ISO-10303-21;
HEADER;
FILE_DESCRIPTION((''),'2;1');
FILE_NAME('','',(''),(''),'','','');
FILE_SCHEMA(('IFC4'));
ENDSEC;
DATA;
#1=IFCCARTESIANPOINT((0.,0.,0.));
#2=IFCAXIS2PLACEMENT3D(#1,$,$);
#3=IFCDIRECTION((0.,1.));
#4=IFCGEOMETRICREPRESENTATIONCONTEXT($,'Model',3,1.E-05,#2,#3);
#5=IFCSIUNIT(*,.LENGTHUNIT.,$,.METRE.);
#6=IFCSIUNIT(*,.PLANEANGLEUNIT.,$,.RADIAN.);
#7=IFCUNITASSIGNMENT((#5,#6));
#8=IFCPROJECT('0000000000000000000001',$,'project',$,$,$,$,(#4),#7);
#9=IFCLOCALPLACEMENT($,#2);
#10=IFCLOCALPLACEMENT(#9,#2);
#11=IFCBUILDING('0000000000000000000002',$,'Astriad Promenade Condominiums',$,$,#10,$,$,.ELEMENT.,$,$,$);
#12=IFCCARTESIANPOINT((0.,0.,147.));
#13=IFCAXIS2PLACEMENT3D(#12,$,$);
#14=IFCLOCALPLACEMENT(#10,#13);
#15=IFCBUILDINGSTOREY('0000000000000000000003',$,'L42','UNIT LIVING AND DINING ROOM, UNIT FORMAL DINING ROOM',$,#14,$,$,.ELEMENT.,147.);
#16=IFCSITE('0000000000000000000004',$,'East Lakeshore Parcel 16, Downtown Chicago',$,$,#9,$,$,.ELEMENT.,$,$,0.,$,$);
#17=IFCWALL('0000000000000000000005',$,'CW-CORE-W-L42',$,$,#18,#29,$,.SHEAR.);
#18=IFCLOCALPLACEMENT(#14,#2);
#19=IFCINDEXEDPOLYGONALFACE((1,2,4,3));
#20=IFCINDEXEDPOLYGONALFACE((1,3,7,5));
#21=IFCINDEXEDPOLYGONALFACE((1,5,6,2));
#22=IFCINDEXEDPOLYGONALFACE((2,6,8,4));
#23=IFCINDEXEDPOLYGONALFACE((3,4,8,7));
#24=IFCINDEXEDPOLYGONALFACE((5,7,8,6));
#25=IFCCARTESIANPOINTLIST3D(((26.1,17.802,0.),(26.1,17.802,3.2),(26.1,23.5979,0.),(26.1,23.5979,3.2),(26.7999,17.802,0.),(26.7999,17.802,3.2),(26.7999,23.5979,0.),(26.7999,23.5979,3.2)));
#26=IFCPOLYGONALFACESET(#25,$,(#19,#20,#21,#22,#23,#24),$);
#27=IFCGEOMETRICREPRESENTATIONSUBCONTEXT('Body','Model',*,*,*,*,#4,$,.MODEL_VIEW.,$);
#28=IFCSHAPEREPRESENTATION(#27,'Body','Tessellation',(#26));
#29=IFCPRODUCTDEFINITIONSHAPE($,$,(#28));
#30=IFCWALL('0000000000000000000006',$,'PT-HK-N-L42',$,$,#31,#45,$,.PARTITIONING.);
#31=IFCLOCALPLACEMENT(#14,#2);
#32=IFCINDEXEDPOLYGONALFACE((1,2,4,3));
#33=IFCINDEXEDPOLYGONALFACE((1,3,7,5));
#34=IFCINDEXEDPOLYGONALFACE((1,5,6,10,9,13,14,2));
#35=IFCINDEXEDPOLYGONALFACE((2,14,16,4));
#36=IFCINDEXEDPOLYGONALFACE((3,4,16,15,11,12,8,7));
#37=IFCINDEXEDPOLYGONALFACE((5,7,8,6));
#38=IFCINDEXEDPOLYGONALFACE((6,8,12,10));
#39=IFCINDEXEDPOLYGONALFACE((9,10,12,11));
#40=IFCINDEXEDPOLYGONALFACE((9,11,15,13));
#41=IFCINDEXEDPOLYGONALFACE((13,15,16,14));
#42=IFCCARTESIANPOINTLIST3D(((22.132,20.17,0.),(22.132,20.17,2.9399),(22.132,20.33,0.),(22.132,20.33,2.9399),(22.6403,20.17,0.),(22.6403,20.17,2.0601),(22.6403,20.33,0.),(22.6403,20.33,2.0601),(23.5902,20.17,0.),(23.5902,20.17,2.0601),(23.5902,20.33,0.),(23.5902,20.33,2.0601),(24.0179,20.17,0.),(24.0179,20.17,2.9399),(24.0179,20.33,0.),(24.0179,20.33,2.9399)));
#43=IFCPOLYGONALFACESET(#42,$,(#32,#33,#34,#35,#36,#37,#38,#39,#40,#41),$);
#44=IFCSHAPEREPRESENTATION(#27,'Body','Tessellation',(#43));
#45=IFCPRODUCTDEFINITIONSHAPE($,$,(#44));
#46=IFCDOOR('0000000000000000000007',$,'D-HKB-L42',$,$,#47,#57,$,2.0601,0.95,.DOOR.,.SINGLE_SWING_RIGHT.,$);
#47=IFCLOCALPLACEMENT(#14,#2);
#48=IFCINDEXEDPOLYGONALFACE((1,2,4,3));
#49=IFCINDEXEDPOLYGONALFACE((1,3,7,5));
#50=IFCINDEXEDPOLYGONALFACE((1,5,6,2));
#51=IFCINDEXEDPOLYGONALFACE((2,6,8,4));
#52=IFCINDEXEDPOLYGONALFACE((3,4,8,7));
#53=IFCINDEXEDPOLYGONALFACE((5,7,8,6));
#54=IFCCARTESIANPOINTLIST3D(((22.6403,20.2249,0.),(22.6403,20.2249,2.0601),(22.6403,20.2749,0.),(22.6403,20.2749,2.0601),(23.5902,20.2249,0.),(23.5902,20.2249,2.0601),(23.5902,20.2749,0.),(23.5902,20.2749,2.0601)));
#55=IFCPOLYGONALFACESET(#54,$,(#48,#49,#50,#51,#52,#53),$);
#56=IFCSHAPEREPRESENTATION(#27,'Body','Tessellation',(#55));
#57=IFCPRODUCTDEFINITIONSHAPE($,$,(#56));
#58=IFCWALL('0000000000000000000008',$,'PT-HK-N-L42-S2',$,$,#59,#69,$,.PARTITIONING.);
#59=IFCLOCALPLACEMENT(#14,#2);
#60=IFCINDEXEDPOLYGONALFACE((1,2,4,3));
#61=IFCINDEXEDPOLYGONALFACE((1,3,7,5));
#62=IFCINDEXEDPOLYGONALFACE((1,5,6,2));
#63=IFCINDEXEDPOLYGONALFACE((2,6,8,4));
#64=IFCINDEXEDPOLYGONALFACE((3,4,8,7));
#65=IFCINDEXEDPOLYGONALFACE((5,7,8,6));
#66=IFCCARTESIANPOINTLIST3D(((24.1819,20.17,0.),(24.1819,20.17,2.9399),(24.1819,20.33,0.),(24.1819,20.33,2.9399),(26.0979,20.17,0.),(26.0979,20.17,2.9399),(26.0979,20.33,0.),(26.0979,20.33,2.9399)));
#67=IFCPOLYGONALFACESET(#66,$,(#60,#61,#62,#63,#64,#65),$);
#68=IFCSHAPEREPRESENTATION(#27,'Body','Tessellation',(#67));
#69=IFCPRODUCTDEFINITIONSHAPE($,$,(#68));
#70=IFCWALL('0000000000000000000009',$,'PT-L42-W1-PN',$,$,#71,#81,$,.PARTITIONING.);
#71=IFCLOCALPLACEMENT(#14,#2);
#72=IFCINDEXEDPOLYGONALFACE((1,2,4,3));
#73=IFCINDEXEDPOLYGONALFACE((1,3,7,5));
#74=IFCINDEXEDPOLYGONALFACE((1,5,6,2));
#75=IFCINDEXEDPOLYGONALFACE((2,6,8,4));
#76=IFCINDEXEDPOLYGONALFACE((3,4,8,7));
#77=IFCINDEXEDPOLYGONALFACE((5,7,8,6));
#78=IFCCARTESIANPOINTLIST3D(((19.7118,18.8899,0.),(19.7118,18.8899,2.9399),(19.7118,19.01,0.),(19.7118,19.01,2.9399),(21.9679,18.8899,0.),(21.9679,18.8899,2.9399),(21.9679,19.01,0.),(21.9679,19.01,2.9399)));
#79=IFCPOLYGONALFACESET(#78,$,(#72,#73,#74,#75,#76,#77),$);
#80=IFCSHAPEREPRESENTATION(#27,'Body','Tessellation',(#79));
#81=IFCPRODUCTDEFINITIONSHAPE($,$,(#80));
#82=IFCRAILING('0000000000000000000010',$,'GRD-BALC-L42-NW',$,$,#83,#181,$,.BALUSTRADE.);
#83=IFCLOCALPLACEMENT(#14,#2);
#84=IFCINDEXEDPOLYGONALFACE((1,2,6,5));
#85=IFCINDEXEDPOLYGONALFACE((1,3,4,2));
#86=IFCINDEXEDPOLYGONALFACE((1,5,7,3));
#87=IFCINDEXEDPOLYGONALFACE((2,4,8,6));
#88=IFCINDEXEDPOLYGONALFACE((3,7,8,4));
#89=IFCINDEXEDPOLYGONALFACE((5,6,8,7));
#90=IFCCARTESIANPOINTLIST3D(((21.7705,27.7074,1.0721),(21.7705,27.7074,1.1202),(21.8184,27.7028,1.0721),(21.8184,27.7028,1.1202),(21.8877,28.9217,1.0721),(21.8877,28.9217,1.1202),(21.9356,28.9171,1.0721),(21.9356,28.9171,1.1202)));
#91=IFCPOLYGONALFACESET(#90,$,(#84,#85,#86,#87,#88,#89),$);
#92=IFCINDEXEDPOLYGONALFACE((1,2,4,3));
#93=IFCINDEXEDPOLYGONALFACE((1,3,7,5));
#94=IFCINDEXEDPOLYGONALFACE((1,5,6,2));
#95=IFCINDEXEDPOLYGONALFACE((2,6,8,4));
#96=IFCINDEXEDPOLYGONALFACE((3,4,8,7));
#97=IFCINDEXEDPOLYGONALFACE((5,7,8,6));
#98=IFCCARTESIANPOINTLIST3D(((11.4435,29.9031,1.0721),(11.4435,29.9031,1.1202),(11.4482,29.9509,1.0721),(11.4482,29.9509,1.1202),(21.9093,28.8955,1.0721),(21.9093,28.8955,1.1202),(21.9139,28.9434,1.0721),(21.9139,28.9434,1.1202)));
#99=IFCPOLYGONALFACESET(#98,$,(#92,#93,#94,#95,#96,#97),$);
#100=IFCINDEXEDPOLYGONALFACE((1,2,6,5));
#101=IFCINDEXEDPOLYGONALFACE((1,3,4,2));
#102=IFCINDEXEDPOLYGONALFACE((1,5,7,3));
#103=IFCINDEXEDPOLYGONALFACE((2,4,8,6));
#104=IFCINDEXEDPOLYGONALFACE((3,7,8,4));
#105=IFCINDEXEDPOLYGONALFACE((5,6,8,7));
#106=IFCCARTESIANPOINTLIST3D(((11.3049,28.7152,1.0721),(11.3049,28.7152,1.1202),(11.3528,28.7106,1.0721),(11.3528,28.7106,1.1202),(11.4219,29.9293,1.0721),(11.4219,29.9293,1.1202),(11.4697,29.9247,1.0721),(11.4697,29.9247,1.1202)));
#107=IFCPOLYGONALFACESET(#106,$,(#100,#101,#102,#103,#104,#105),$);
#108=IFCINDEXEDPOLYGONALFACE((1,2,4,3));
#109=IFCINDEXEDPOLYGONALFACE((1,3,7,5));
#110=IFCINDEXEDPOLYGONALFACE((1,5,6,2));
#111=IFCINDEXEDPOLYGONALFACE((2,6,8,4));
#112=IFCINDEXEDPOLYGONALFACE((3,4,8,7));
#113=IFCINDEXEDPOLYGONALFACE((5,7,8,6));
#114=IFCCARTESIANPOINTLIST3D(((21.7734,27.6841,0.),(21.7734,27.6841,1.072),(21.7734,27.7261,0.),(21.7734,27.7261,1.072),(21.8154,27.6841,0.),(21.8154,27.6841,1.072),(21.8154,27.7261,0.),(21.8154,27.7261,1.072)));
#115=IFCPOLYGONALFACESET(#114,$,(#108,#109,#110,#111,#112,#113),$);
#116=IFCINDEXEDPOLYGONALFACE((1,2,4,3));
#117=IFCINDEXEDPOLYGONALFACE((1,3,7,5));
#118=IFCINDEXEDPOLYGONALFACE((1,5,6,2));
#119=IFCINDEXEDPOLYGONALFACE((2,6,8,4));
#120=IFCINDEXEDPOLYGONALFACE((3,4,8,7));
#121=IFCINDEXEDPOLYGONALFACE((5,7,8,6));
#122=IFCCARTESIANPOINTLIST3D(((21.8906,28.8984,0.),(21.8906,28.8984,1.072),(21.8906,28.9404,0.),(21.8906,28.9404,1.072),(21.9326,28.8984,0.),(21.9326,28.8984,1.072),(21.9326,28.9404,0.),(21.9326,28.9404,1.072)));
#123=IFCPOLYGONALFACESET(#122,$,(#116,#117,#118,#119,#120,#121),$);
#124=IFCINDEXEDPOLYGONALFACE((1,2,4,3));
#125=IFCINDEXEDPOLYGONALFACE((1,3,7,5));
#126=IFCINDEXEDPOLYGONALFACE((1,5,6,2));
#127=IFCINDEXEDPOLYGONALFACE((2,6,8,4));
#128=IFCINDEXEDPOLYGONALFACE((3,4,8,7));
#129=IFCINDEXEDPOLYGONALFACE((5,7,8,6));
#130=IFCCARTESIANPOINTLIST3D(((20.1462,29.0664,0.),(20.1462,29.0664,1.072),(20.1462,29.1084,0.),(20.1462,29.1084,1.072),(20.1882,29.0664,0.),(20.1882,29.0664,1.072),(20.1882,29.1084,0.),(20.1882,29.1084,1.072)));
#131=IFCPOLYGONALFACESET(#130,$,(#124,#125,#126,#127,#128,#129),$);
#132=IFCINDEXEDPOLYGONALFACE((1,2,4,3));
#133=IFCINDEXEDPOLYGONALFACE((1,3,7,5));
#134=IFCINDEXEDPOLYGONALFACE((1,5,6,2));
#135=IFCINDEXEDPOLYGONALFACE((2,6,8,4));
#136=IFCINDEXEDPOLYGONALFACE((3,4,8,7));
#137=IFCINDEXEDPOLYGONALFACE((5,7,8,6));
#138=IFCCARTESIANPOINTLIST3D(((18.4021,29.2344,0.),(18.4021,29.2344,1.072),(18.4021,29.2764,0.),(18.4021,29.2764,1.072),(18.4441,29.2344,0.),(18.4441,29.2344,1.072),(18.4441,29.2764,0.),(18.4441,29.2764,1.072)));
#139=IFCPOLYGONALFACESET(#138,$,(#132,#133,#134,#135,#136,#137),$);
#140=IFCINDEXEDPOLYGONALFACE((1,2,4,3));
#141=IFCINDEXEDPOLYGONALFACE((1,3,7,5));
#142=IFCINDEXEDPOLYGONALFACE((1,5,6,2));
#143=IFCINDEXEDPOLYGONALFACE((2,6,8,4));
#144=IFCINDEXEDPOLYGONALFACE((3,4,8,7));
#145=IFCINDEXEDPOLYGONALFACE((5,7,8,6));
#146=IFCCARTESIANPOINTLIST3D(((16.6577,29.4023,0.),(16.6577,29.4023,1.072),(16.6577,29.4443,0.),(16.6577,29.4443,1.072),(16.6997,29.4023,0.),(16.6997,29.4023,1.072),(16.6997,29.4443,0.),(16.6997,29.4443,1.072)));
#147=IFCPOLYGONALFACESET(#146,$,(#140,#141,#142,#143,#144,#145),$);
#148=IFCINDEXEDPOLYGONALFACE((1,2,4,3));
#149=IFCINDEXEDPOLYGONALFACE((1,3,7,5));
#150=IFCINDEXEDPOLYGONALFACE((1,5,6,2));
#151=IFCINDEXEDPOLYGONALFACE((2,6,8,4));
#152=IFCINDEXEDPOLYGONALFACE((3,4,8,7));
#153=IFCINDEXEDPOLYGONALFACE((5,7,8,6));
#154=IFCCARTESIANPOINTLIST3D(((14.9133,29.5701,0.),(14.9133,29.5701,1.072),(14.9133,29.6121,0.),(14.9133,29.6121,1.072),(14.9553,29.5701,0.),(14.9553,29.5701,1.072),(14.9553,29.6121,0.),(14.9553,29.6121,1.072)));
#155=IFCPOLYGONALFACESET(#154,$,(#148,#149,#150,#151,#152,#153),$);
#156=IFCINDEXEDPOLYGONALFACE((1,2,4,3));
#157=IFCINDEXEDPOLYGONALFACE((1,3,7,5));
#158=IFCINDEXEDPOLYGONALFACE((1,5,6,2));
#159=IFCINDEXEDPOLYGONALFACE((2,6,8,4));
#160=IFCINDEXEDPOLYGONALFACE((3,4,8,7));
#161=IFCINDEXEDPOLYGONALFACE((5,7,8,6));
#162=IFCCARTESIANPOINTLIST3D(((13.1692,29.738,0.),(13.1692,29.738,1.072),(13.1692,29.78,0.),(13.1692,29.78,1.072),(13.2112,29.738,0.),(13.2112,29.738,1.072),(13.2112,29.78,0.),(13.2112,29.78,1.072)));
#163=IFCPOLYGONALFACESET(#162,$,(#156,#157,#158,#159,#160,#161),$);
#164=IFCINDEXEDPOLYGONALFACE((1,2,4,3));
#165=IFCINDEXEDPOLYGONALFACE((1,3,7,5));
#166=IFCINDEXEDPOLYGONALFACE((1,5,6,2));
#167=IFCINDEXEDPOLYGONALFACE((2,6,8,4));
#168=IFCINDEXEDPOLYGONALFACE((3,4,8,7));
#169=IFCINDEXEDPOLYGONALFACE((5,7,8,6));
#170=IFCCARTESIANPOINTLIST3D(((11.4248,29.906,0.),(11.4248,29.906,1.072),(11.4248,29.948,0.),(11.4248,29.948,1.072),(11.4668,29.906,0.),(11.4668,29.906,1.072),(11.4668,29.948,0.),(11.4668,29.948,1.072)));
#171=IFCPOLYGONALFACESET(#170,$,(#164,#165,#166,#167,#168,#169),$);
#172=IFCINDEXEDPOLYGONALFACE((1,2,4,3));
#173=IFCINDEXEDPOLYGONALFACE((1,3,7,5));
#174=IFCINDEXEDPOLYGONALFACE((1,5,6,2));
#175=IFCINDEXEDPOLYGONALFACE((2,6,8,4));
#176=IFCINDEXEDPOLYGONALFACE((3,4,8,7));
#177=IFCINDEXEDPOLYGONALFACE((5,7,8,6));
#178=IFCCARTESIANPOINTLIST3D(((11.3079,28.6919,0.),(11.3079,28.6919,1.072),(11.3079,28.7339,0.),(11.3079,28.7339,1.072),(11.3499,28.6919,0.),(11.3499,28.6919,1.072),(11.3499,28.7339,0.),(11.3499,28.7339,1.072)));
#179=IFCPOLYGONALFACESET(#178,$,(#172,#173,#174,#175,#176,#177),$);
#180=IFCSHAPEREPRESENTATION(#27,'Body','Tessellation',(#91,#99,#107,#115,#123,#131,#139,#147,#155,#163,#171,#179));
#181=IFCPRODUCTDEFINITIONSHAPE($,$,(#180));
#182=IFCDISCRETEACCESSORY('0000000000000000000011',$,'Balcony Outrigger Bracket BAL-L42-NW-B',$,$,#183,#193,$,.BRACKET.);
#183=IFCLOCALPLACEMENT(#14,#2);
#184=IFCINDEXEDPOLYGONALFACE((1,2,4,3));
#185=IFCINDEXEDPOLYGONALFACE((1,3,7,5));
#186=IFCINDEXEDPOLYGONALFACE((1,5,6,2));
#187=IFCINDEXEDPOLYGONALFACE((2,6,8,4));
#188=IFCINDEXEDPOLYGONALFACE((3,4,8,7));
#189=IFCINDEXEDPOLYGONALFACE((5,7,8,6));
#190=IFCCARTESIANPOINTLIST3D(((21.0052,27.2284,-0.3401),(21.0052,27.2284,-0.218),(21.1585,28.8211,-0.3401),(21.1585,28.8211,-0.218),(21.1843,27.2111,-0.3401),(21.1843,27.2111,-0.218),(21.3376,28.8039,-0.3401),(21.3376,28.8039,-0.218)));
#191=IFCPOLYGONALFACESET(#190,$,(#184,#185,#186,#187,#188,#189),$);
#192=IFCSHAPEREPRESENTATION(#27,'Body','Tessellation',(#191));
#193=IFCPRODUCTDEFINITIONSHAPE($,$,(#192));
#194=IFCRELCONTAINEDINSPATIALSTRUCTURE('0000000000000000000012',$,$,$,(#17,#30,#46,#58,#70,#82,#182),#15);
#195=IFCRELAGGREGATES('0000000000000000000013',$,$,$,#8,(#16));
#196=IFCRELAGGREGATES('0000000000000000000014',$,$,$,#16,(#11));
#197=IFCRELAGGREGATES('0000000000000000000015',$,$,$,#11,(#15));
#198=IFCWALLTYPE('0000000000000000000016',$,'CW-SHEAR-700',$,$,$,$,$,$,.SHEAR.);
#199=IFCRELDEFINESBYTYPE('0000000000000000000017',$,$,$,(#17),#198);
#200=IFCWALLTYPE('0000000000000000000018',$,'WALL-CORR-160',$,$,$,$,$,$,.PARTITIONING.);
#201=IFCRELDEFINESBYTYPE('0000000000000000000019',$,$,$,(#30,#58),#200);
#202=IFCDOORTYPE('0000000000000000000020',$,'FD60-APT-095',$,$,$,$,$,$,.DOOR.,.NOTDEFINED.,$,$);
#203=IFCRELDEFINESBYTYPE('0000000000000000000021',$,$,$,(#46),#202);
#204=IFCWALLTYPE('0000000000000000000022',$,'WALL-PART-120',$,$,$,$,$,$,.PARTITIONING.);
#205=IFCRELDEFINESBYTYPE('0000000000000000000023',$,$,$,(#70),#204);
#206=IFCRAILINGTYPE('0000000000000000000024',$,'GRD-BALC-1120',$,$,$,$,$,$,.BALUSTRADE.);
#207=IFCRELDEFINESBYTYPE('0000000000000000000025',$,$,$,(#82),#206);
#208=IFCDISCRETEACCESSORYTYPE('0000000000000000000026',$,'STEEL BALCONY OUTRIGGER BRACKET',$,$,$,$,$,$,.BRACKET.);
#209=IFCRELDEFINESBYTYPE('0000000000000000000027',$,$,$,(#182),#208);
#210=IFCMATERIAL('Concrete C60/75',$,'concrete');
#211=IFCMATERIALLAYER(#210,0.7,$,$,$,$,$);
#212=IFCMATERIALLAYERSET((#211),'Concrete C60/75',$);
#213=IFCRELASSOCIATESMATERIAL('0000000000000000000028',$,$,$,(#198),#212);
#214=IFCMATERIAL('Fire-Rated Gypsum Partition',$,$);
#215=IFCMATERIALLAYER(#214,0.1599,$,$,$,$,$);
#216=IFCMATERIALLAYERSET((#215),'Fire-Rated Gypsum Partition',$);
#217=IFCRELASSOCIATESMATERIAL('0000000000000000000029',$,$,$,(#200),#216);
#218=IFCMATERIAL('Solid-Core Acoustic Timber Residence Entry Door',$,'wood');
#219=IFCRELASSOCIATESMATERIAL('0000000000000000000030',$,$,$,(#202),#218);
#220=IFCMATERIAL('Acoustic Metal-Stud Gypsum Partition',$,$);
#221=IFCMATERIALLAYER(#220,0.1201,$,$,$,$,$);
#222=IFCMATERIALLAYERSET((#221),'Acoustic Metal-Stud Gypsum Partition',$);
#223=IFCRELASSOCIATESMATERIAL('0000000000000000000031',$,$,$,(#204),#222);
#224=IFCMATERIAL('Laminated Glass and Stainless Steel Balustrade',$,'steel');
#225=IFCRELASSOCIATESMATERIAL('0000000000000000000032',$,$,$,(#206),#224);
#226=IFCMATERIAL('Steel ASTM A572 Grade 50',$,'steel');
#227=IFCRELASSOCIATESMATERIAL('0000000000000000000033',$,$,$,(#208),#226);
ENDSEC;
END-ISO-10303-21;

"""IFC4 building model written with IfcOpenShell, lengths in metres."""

from ifc_helpers import new_model, si_unit, direction, frame, frame_2d, origin, origin_2d, place, context, subcontext, project, spatial, rectangle, extrude, source, transform, mapped, material, layer, layer_set, type_object, type_shapes, element, fill, save


model = new_model("IFC4")

# Units and contexts
model_context = context("Model", 3, precision=1e-05, world=origin(), true_north=direction((0.0, 1.0)))
body_context = subcontext(model_context, "Body", "Model", "MODEL_VIEW")
ifc_project = project(units=[si_unit("LENGTHUNIT", "METRE"), si_unit("PLANEANGLEUNIT", "RADIAN")], contexts=[model_context])

# Site, building, storey
site_placement = place(None, origin())
site = spatial("IfcSite", under=ifc_project, at=site_placement, Name="East Lakeshore Parcel 16, Downtown Chicago", CompositionType="ELEMENT", RefElevation=0.0)
building_placement = place(site_placement, origin())
building = spatial("IfcBuilding", under=site, at=building_placement, Name="Astriad Promenade Condominiums", CompositionType="ELEMENT")
storey_placement = place(building_placement, frame((0.0, 0.0, 147.0)))
storey = spatial("IfcBuildingStorey", under=building, at=storey_placement, Name="L42", Description="UNIT LIVING AND DINING ROOM, UNIT FORMAL DINING ROOM", CompositionType="ELEMENT", Elevation=147.0)

# Shared definitions
ifc_material_1 = material(Name="Concrete C60/75", Category="concrete")

# Shared definitions
ifc_layer_1 = layer(ifc_material_1, 0.7)
ifc_layer_set_1 = layer_set([ifc_layer_1], Name="Concrete C60/75")
wall_type_1 = type_object("IfcWallType", Name="CW-SHEAR-700", PredefinedType="SHEAR", material=ifc_layer_set_1)

# Wall
wall_1_placement = place(storey_placement, frame((26.45, 17.802, 0.0), z_axis=(0.0, 0.0, 1.0), x_axis=(0.0, 1.0, 0.0)))
element("IfcWall", 1, at=wall_1_placement, inside=storey, type_object=wall_type_1, Name="CW-CORE-W-L42", PredefinedType="SHEAR", context=body_context, shape_type="SweptSolid", body=[
    extrude(rectangle(XDim=5.7959, YDim=0.7, at=frame_2d((2.8979, 0.0))), origin(), (0.0, 0.0, 1.0), 3.2),
])

# Wall, opening, door
ifc_material_2 = material(Name="Fire-Rated Gypsum Partition")
ifc_layer_2 = layer(ifc_material_2, 0.1599)
ifc_layer_set_2 = layer_set([ifc_layer_2], Name="Fire-Rated Gypsum Partition")
wall_type_2 = type_object("IfcWallType", Name="WALL-CORR-160", PredefinedType="PARTITIONING", material=ifc_layer_set_2)
wall_2_placement = place(storey_placement, frame((22.1321, 20.25, 0.0), z_axis=(0.0, 0.0, 1.0), x_axis=(1.0, 0.0, 0.0)))
wall_2 = element("IfcWall", 2, at=wall_2_placement, inside=storey, type_object=wall_type_2, Name="PT-HK-N-L42", PredefinedType="PARTITIONING", context=body_context, shape_type="SweptSolid", body=[
    extrude(rectangle(XDim=1.886, YDim=0.1599, at=frame_2d((0.9429, 0.0))), origin(), (0.0, 0.0, 1.0), 2.9399),
])
opening_1_placement = place(wall_2_placement, frame((0.5081, 0.0, 0.0)))
opening_1 = element("IfcOpeningElement", 3, at=opening_1_placement, cuts=wall_2, PredefinedType="OPENING", context=body_context, shape_type="SweptSolid", body=[
    extrude(rectangle(XDim=0.95, YDim=2.0601, at=frame_2d((0.4751, 1.03))), frame((0.0, 0.0898, 0.0), z_axis=(0.0, -1.0, 0.0), x_axis=(1.0, 0.0, 0.0)), (0.0, 0.0, 1.0), 0.1799),
])
ifc_material_3 = material(Name="Solid-Core Acoustic Timber Residence Entry Door", Category="wood")
door_type_1 = type_object("IfcDoorType", Name="FD60-APT-095", OperationType="NOTDEFINED", PredefinedType="DOOR", material=ifc_material_3)
shared_shape_1 = source(origin(), body_context, "Body", "SweptSolid", [
    extrude(rectangle(XDim=0.95, YDim=2.0601, at=frame_2d((0.4751, 1.03))), frame((0.0, 0.0249, 0.0), z_axis=(0.0, -1.0, 0.0), x_axis=(1.0, 0.0, 0.0)), (0.0, 0.0, 1.0), 0.05),
])
type_shapes(door_type_1, [shared_shape_1])
door_1_placement = place(opening_1_placement, origin())
door_1 = element("IfcDoor", 4, at=door_1_placement, inside=storey, type_object=door_type_1, Name="D-HKB-L42", OperationType="SINGLE_SWING_RIGHT", OverallHeight=2.0601, OverallWidth=0.95, PredefinedType="DOOR", context=body_context, shape_type="MappedRepresentation", body=[
    mapped(shared_shape_1, transform((0.0, 0.0, 0.0), scale=1.0)),
])
fill(opening_1, door_1)

# Walls
wall_3_placement = place(storey_placement, frame((24.1819, 20.25, 0.0), z_axis=(0.0, 0.0, 1.0), x_axis=(1.0, 0.0, 0.0)))
element("IfcWall", 5, at=wall_3_placement, inside=storey, type_object=wall_type_2, Name="PT-HK-N-L42-S2", PredefinedType="PARTITIONING", context=body_context, shape_type="SweptSolid", body=[
    extrude(rectangle(XDim=1.916, YDim=0.1599, at=frame_2d((0.958, 0.0))), origin(), (0.0, 0.0, 1.0), 2.9399),
])
ifc_material_4 = material(Name="Acoustic Metal-Stud Gypsum Partition")
ifc_layer_3 = layer(ifc_material_4, 0.1201)
ifc_layer_set_3 = layer_set([ifc_layer_3], Name="Acoustic Metal-Stud Gypsum Partition")
wall_type_3 = type_object("IfcWallType", Name="WALL-PART-120", PredefinedType="PARTITIONING", material=ifc_layer_set_3)
wall_4_placement = place(storey_placement, frame((19.7119, 18.95, 0.0), z_axis=(0.0, 0.0, 1.0), x_axis=(1.0, 0.0, 0.0)))
element("IfcWall", 6, at=wall_4_placement, inside=storey, type_object=wall_type_3, Name="PT-L42-W1-PN", PredefinedType="PARTITIONING", context=body_context, shape_type="SweptSolid", body=[
    extrude(rectangle(XDim=2.2561, YDim=0.1201, at=frame_2d((1.1279, 0.0))), origin(), (0.0, 0.0, 1.0), 2.9399),
])

# Railing
ifc_material_5 = material(Name="Laminated Glass and Stainless Steel Balustrade", Category="steel")
railing_type = type_object("IfcRailingType", Name="GRD-BALC-1120", PredefinedType="BALUSTRADE", material=ifc_material_5)
shared_shape_2 = source(origin(), body_context, "Body", "SweptSolid", [
    extrude(rectangle(XDim=0.0481, YDim=0.0481, at=origin_2d()), frame((0.0, 0.0, 1.0962), z_axis=(0.096056, 0.995376, 0.0), x_axis=(-0.995376, 0.096056, 0.0)), (0.0, 0.0, 1.0), 1.22),
    extrude(rectangle(XDim=0.0481, YDim=0.0481, at=origin_2d()), frame((0.1172, 1.2144, 1.0962), z_axis=(-0.995398, 0.095829, 0.0), x_axis=(-0.095829, -0.995398, 0.0)), (0.0, 0.0, 1.0), 10.5142),
    extrude(rectangle(XDim=0.0481, YDim=0.0481, at=origin_2d()), frame((-10.3486, 2.2219, 1.0962), z_axis=(-0.095876, -0.995393, 0.0), x_axis=(0.995393, -0.095876, 0.0)), (0.0, 0.0, 1.0), 1.2197),
    extrude(rectangle(XDim=0.042, YDim=0.042, at=origin_2d()), origin(), (0.0, 0.0, 1.0), 1.072),
    extrude(rectangle(XDim=0.042, YDim=0.042, at=origin_2d()), frame((0.1172, 1.2144, 0.0)), (0.0, 0.0, 1.0), 1.072),
    extrude(rectangle(XDim=0.042, YDim=0.042, at=origin_2d()), frame((-1.6272, 1.3823, 0.0)), (0.0, 0.0, 1.0), 1.072),
    extrude(rectangle(XDim=0.042, YDim=0.042, at=origin_2d()), frame((-3.3713, 1.5503, 0.0)), (0.0, 0.0, 1.0), 1.072),
    extrude(rectangle(XDim=0.042, YDim=0.042, at=origin_2d()), frame((-5.1157, 1.7183, 0.0)), (0.0, 0.0, 1.0), 1.072),
    extrude(rectangle(XDim=0.042, YDim=0.042, at=origin_2d()), frame((-6.8601, 1.886, 0.0)), (0.0, 0.0, 1.0), 1.072),
    extrude(rectangle(XDim=0.042, YDim=0.042, at=origin_2d()), frame((-8.6042, 2.054, 0.0)), (0.0, 0.0, 1.0), 1.072),
    extrude(rectangle(XDim=0.042, YDim=0.042, at=origin_2d()), frame((-10.3486, 2.2219, 0.0)), (0.0, 0.0, 1.0), 1.072),
    extrude(rectangle(XDim=0.042, YDim=0.042, at=origin_2d()), frame((-10.4656, 1.0078, 0.0)), (0.0, 0.0, 1.0), 1.072),
])
type_shapes(railing_type, [shared_shape_2])
railing_placement = place(storey_placement, frame((21.7944, 27.7051, 0.0)))
element("IfcRailing", 7, at=railing_placement, inside=storey, type_object=railing_type, Name="GRD-BALC-L42-NW", PredefinedType="BALUSTRADE", context=body_context, shape_type="MappedRepresentation", body=[
    mapped(shared_shape_2, transform((0.0, 0.0, 0.0), scale=1.0)),
])

# Discrete accessory
ifc_material_6 = material(Name="Steel ASTM A572 Grade 50", Category="steel")
discrete_accessory_type = type_object("IfcDiscreteAccessoryType", Name="STEEL BALCONY OUTRIGGER BRACKET", PredefinedType="BRACKET", material=ifc_material_6)
shared_shape_3 = source(origin(), body_context, "Body", "SweptSolid", [
    extrude(rectangle(XDim=1.6001, YDim=0.1799, at=origin_2d()), origin(), (0.0, 0.0, 1.0), 0.1221),
])
type_shapes(discrete_accessory_type, [shared_shape_3])
discrete_accessory_placement = place(storey_placement, frame((21.1714, 28.0161, -0.3401), z_axis=(0.0, 0.0, 1.0), x_axis=(0.095846, 0.995396, 0.0)))
element("IfcDiscreteAccessory", 8, at=discrete_accessory_placement, inside=storey, type_object=discrete_accessory_type, Name="Balcony Outrigger Bracket BAL-L42-NW-B", PredefinedType="BRACKET", context=body_context, shape_type="MappedRepresentation", body=[
    mapped(shared_shape_3, transform((0.0, 0.0, 0.0), scale=1.0)),
])

save(model, "model.ifc")
